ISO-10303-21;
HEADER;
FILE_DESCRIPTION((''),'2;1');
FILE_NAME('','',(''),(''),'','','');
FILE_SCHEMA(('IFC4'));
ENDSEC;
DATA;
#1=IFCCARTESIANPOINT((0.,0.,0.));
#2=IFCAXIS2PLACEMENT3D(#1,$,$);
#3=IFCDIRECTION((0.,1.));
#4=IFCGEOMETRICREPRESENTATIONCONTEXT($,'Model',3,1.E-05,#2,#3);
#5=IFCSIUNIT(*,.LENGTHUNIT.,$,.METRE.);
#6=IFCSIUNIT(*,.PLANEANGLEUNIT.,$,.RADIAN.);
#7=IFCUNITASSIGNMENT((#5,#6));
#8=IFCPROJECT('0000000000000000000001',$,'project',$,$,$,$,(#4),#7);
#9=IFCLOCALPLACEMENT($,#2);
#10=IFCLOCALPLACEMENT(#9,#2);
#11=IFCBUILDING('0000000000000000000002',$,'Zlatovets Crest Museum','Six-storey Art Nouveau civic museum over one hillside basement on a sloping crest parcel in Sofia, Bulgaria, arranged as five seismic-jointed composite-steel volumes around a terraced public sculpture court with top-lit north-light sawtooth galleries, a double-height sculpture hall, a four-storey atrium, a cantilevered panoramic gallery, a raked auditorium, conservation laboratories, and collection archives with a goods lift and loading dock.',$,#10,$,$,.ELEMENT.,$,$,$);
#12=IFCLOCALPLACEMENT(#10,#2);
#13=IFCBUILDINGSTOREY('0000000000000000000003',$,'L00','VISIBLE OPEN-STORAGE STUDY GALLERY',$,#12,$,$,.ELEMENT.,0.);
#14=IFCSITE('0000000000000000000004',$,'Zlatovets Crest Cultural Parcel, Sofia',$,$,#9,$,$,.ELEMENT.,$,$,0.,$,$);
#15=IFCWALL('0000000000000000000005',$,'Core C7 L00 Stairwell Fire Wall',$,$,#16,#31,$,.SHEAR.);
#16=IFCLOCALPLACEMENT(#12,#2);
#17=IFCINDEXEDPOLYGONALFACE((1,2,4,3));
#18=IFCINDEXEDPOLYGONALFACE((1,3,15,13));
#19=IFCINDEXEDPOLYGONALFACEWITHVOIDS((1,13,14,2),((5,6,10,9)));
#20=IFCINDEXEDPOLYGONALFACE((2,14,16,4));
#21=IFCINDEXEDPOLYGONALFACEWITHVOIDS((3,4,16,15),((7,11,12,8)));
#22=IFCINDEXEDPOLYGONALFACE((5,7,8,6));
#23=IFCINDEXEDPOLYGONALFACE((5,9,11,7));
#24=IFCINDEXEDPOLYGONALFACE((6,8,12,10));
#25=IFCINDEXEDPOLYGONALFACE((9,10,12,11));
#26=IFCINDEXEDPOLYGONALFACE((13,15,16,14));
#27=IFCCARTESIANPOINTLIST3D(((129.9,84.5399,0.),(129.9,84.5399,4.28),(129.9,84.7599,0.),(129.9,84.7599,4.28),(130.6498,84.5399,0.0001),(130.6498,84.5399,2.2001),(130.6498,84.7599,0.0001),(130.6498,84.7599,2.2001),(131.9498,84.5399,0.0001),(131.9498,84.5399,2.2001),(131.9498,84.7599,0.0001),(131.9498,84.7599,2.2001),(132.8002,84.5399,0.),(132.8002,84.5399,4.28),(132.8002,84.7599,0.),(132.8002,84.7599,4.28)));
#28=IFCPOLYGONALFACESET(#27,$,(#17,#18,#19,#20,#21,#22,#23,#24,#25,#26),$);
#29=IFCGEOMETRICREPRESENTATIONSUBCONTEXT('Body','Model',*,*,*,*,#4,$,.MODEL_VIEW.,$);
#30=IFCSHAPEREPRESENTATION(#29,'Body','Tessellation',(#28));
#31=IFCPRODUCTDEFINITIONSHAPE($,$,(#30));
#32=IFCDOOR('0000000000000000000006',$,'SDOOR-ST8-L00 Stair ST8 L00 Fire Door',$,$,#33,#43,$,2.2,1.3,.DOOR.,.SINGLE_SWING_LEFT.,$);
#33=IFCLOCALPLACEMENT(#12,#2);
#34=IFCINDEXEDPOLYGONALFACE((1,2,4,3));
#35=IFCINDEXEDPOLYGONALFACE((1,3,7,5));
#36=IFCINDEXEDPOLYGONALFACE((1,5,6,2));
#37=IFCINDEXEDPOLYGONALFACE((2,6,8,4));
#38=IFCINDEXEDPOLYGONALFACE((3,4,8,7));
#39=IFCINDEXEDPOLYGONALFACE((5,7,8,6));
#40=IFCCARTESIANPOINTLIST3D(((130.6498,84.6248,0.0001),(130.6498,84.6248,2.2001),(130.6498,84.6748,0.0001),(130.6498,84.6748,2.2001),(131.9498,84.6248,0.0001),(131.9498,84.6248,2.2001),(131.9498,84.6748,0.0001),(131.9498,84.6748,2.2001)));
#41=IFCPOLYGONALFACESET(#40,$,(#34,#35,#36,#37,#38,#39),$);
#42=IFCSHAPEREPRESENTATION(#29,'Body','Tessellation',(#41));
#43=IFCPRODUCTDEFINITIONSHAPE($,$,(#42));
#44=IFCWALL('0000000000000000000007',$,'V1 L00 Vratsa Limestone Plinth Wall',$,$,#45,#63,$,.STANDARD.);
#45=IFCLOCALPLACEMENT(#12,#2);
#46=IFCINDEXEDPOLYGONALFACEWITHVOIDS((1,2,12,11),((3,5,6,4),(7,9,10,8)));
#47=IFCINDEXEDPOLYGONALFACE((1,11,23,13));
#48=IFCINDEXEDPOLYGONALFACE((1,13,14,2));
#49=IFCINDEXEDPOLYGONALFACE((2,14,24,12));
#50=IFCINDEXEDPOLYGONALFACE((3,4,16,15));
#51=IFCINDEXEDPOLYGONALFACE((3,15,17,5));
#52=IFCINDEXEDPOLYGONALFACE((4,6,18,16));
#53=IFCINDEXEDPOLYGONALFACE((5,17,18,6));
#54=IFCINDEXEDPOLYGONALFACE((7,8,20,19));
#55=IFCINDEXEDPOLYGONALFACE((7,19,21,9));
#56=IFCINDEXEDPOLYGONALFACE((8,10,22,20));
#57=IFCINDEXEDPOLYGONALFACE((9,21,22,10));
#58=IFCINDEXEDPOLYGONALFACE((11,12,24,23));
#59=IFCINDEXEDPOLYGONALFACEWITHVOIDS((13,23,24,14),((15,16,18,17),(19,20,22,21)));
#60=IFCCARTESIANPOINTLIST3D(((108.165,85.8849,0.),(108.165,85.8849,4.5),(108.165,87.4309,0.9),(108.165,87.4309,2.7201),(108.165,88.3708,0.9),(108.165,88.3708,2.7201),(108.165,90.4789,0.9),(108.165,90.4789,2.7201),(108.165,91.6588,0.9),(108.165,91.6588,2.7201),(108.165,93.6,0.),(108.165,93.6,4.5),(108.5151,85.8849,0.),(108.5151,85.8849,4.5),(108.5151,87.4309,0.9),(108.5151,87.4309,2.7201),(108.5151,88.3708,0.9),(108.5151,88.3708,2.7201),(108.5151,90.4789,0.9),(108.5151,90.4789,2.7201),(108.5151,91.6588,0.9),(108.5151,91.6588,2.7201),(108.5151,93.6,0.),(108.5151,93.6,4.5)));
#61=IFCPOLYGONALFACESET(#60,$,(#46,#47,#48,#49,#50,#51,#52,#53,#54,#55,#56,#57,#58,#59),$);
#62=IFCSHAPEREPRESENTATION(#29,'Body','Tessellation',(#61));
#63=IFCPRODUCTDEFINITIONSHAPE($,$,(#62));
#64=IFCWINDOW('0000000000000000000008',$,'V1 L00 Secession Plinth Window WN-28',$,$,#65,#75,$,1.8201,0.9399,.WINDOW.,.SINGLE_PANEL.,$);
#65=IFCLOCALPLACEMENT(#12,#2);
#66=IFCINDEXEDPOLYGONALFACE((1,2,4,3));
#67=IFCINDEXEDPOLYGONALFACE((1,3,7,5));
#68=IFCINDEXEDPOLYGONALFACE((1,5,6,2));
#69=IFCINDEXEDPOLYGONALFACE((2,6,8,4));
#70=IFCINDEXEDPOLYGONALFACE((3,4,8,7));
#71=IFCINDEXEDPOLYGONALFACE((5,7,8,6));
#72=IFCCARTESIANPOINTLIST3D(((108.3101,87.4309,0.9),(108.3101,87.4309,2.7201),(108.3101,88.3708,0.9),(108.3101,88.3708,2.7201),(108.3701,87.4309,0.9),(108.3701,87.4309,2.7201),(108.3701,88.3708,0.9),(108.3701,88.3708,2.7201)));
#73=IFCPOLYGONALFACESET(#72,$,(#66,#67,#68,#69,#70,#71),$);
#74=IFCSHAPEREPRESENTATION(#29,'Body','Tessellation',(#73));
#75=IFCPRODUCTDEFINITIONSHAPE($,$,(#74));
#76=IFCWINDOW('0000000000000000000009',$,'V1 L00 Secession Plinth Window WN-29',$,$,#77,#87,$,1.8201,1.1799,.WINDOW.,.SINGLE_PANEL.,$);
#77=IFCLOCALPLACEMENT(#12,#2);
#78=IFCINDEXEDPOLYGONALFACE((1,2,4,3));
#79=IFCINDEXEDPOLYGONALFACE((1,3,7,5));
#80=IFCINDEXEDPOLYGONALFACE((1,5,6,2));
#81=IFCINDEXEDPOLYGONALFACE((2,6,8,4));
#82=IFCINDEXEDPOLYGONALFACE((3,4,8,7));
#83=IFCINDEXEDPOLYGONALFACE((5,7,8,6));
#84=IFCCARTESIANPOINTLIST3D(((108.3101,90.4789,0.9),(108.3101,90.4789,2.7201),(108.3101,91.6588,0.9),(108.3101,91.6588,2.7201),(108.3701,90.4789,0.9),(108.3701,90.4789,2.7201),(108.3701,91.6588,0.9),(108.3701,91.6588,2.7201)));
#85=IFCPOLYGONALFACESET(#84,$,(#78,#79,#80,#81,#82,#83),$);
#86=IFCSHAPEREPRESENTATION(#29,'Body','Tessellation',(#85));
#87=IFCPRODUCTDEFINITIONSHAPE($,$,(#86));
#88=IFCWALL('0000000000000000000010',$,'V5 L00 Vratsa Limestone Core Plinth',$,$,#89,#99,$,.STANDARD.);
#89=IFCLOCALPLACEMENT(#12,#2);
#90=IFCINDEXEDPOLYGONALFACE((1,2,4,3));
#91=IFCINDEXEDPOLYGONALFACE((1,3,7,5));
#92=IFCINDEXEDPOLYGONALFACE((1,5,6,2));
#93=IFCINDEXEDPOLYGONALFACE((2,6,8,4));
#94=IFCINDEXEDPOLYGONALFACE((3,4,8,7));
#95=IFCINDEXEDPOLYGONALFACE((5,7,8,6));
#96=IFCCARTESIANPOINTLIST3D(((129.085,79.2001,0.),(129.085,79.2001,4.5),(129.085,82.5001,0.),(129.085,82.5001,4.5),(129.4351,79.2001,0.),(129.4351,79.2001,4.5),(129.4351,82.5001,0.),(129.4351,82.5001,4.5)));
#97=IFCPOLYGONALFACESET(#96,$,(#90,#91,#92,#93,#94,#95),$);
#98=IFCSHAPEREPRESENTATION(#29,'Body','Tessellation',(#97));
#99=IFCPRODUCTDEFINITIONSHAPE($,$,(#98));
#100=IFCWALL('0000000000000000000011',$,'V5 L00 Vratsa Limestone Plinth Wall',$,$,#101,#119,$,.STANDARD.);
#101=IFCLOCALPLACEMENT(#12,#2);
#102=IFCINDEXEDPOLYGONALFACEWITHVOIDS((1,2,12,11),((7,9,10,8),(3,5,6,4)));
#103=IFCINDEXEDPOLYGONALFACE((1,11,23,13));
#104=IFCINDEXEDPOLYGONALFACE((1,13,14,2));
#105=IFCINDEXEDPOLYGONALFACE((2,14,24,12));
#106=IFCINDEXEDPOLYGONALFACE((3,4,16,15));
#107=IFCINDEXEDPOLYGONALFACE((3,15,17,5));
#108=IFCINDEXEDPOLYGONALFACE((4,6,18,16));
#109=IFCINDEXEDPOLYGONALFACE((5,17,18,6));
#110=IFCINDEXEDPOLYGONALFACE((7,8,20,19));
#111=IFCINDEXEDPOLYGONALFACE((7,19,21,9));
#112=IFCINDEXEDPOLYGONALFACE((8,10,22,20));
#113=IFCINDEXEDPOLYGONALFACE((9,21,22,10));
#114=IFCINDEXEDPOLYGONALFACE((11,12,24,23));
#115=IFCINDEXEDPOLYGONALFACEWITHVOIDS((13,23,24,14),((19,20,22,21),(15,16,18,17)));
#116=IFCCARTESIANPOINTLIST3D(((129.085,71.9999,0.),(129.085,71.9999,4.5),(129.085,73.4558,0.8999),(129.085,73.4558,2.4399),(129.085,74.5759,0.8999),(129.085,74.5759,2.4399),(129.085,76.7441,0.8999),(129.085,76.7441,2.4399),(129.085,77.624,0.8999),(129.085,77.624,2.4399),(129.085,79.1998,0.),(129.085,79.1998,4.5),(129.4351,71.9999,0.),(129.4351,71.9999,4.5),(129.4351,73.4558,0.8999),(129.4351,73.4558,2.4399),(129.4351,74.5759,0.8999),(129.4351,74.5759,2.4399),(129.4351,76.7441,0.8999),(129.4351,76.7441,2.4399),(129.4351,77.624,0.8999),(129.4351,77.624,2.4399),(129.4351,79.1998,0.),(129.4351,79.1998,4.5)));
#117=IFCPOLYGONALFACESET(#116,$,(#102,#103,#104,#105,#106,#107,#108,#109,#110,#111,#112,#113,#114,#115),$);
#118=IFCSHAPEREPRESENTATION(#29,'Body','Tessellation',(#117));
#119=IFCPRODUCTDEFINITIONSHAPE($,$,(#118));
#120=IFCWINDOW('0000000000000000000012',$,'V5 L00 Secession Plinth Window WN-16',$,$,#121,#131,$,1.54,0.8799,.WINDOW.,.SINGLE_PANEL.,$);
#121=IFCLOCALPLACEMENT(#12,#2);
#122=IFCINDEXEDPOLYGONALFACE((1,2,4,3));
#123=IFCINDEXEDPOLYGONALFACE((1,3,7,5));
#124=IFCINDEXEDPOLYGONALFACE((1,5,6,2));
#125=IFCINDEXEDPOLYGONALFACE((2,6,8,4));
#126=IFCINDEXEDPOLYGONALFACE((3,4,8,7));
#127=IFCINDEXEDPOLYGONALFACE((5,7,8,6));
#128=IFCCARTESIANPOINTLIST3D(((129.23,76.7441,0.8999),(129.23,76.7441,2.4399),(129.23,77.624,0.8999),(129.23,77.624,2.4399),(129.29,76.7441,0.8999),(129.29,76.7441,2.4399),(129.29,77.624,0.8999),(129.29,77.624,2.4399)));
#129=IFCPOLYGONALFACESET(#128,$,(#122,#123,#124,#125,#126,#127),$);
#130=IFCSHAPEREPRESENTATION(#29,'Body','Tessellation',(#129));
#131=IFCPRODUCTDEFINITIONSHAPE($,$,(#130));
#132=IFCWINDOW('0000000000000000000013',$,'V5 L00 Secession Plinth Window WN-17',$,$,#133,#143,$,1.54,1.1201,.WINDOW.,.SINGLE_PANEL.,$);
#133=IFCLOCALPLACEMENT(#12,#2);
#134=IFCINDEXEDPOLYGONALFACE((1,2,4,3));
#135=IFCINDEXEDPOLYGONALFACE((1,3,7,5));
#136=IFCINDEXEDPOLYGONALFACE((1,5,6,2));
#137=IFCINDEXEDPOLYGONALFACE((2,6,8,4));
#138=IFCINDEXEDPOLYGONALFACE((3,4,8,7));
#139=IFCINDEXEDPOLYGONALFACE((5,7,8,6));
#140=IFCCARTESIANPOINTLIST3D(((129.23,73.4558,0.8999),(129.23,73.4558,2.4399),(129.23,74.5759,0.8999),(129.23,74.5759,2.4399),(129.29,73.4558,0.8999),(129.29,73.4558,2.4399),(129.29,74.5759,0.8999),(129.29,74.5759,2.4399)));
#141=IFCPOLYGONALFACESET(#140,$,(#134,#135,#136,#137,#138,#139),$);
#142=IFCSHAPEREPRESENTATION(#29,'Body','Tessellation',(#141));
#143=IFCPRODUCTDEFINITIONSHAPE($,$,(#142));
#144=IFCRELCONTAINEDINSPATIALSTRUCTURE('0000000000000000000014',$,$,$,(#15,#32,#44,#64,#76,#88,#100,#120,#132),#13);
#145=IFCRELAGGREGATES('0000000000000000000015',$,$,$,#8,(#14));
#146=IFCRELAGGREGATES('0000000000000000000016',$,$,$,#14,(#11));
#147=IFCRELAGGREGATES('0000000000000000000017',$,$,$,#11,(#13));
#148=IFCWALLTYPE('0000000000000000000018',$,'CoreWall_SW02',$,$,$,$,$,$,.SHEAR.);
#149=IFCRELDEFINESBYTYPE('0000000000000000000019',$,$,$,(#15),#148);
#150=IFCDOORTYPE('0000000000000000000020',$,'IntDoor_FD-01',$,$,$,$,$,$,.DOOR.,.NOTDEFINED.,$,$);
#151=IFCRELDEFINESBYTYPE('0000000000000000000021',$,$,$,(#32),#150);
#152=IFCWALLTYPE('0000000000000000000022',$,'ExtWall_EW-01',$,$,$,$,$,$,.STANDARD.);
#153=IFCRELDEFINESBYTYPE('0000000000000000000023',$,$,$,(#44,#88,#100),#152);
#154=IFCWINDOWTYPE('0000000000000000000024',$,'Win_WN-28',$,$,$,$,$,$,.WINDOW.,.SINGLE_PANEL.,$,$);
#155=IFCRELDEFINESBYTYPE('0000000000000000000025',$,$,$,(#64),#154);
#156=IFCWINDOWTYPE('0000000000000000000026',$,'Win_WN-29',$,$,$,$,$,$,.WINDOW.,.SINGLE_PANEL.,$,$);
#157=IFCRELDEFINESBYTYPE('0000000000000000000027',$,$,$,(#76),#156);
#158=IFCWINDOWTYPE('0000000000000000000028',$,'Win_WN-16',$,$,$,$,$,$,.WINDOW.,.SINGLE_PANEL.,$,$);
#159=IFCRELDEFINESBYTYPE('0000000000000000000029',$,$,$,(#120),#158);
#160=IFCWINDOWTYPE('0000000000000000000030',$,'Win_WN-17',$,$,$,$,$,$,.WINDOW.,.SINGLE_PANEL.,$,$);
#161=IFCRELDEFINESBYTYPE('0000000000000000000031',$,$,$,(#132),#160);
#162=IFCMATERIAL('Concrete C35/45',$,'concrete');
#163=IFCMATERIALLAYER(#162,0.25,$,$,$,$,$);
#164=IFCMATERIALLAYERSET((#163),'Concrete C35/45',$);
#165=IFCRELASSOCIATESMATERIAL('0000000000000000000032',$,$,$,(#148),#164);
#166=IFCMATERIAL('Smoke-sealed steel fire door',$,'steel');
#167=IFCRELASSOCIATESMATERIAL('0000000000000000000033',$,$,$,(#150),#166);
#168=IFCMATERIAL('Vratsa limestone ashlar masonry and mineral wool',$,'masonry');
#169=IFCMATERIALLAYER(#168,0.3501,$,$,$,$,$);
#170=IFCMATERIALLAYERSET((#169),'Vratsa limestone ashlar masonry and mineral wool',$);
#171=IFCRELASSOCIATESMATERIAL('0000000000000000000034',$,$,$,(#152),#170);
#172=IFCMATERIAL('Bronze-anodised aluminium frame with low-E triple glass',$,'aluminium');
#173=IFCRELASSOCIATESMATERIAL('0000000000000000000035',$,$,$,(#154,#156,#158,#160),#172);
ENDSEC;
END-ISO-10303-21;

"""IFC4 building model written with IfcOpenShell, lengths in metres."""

from ifc_helpers import new_model, si_unit, direction, frame, frame_2d, origin, place, context, subcontext, project, spatial, rectangle, extrude, material, layer, layer_set, type_object, element, fill, save


model = new_model("IFC4")

# Units and contexts
model_context = context("Model", 3, precision=1e-05, world=origin(), true_north=direction((0.0, 1.0)))
body_context = subcontext(model_context, "Body", "Model", "MODEL_VIEW")
ifc_project = project(units=[si_unit("LENGTHUNIT", "METRE"), si_unit("PLANEANGLEUNIT", "RADIAN")], contexts=[model_context])

# Site, building, storey
site_placement = place(None, origin())
site = spatial("IfcSite", under=ifc_project, at=site_placement, Name="Zlatovets Crest Cultural Parcel, Sofia", CompositionType="ELEMENT", RefElevation=0.0)
building_placement = place(site_placement, origin())
building = spatial("IfcBuilding", under=site, at=building_placement, Name="Zlatovets Crest Museum", Description="Six-storey Art Nouveau civic museum over one hillside basement on a sloping crest parcel in Sofia, Bulgaria, arranged as five seismic-jointed composite-steel volumes around a terraced public sculpture court with top-lit north-light sawtooth galleries, a double-height sculpture hall, a four-storey atrium, a cantilevered panoramic gallery, a raked auditorium, conservation laboratories, and collection archives with a goods lift and loading dock.", CompositionType="ELEMENT")
storey_placement = place(building_placement, origin())
storey = spatial("IfcBuildingStorey", under=building, at=storey_placement, Name="L00", Description="VISIBLE OPEN-STORAGE STUDY GALLERY", CompositionType="ELEMENT", Elevation=0.0)

# Shared definitions
ifc_material_1 = material(Name="Concrete C35/45", Category="concrete")

# Wall, opening, door
ifc_layer_1 = layer(ifc_material_1, 0.25)
ifc_layer_set_1 = layer_set([ifc_layer_1], Name="Concrete C35/45")
wall_type_1 = type_object("IfcWallType", Name="CoreWall_SW02", PredefinedType="SHEAR", material=ifc_layer_set_1)
wall_1_placement = place(storey_placement, frame((129.8999, 84.6499, 0.0), z_axis=(0.0, 0.0, 1.0), x_axis=(1.0, 0.0, 0.0)))
wall_1 = element("IfcWall", 1, at=wall_1_placement, inside=storey, type_object=wall_type_1, Name="Core C7 L00 Stairwell Fire Wall", PredefinedType="SHEAR", context=body_context, shape_type="SweptSolid", body=[
    extrude(rectangle(XDim=2.9001, YDim=0.22, at=frame_2d((1.4502, 0.0))), origin(), (0.0, 0.0, 1.0), 4.28),
])
opening_1_placement = place(wall_1_placement, frame((0.75, 0.0, 0.0)))
opening_1 = element("IfcOpeningElement", 2, at=opening_1_placement, cuts=wall_1, PredefinedType="OPENING", context=body_context, shape_type="SweptSolid", body=[
    extrude(rectangle(XDim=1.3, YDim=2.2, at=frame_2d((0.6499, 1.1001))), frame((0.0, 0.1201, 0.0), z_axis=(0.0, -1.0, 0.0), x_axis=(1.0, 0.0, 0.0)), (0.0, 0.0, 1.0), 0.24),
])
ifc_material_2 = material(Name="Smoke-sealed steel fire door", Category="steel")
door_type_1 = type_object("IfcDoorType", Name="IntDoor_FD-01", OperationType="NOTDEFINED", PredefinedType="DOOR", material=ifc_material_2)
door_1_placement = place(opening_1_placement, origin())
door_1 = element("IfcDoor", 3, at=door_1_placement, inside=storey, type_object=door_type_1, Name="SDOOR-ST8-L00 Stair ST8 L00 Fire Door", OperationType="SINGLE_SWING_LEFT", OverallHeight=2.2, OverallWidth=1.3, PredefinedType="DOOR", context=body_context, shape_type="SweptSolid", body=[
    extrude(rectangle(XDim=1.3, YDim=2.2, at=frame_2d((0.6499, 1.1001))), frame((0.0, 0.0249, 0.0), z_axis=(0.0, -1.0, 0.0), x_axis=(1.0, 0.0, 0.0)), (0.0, 0.0, 1.0), 0.05),
])
fill(opening_1, door_1)

# Wall, openings, windows
ifc_material_3 = material(Name="Vratsa limestone ashlar masonry and mineral wool", Category="masonry")
ifc_layer_2 = layer(ifc_material_3, 0.3501)
ifc_layer_set_2 = layer_set([ifc_layer_2], Name="Vratsa limestone ashlar masonry and mineral wool")
wall_type_2 = type_object("IfcWallType", Name="ExtWall_EW-01", PredefinedType="STANDARD", material=ifc_layer_set_2)
wall_2_placement = place(storey_placement, frame((108.3401, 85.885, 0.0), z_axis=(0.0, 0.0, 1.0), x_axis=(0.0, 1.0, 0.0)))
wall_2 = element("IfcWall", 4, at=wall_2_placement, inside=storey, type_object=wall_type_2, Name="V1 L00 Vratsa Limestone Plinth Wall", PredefinedType="STANDARD", context=body_context, shape_type="SweptSolid", body=[
    extrude(rectangle(XDim=7.7151, YDim=0.3501, at=frame_2d((3.8574, 0.0))), origin(), (0.0, 0.0, 1.0), 4.5),
])
opening_2_placement = place(wall_2_placement, frame((1.5459, 0.0, 0.8999)))
opening_2 = element("IfcOpeningElement", 5, at=opening_2_placement, cuts=wall_2, PredefinedType="OPENING", context=body_context, shape_type="SweptSolid", body=[
    extrude(rectangle(XDim=0.9399, YDim=1.8201, at=frame_2d((0.47, 0.9102))), frame((0.0, 0.1851, 0.0), z_axis=(0.0, -1.0, 0.0), x_axis=(1.0, 0.0, 0.0)), (0.0, 0.0, 1.0), 0.3701),
])
opening_3_placement = place(wall_2_placement, frame((4.594, 0.0, 0.8999)))
opening_3 = element("IfcOpeningElement", 6, at=opening_3_placement, cuts=wall_2, PredefinedType="OPENING", context=body_context, shape_type="SweptSolid", body=[
    extrude(rectangle(XDim=1.1799, YDim=1.8201, at=frame_2d((0.5898, 0.9102))), frame((0.0, 0.1851, 0.0), z_axis=(0.0, -1.0, 0.0), x_axis=(1.0, 0.0, 0.0)), (0.0, 0.0, 1.0), 0.3701),
])
ifc_material_4 = material(Name="Bronze-anodised aluminium frame with low-E triple glass", Category="aluminium")
window_type_1 = type_object("IfcWindowType", Name="Win_WN-28", PartitioningType="SINGLE_PANEL", PredefinedType="WINDOW", material=ifc_material_4)
window_1_placement = place(opening_2_placement, origin())
window_1 = element("IfcWindow", 7, at=window_1_placement, inside=storey, type_object=window_type_1, Name="V1 L00 Secession Plinth Window WN-28", OverallHeight=1.8201, OverallWidth=0.9399, PartitioningType="SINGLE_PANEL", PredefinedType="WINDOW", context=body_context, shape_type="SweptSolid", body=[
    extrude(rectangle(XDim=0.9399, YDim=1.8201, at=frame_2d((0.47, 0.9102))), frame((0.0, 0.03, 0.0), z_axis=(0.0, -1.0, 0.0), x_axis=(1.0, 0.0, 0.0)), (0.0, 0.0, 1.0), 0.0601),
])
fill(opening_2, window_1)
window_type_2 = type_object("IfcWindowType", Name="Win_WN-29", PartitioningType="SINGLE_PANEL", PredefinedType="WINDOW", material=ifc_material_4)
window_2_placement = place(opening_3_placement, origin())
window_2 = element("IfcWindow", 8, at=window_2_placement, inside=storey, type_object=window_type_2, Name="V1 L00 Secession Plinth Window WN-29", OverallHeight=1.8201, OverallWidth=1.1799, PartitioningType="SINGLE_PANEL", PredefinedType="WINDOW", context=body_context, shape_type="SweptSolid", body=[
    extrude(rectangle(XDim=1.1799, YDim=1.8201, at=frame_2d((0.5898, 0.9102))), frame((0.0, 0.03, 0.0), z_axis=(0.0, -1.0, 0.0), x_axis=(1.0, 0.0, 0.0)), (0.0, 0.0, 1.0), 0.0601),
])
fill(opening_3, window_2)

# Wall
wall_3_placement = place(storey_placement, frame((129.26, 82.5, 0.0), z_axis=(0.0, 0.0, 1.0), x_axis=(0.0, -1.0, 0.0)))
element("IfcWall", 9, at=wall_3_placement, inside=storey, type_object=wall_type_2, Name="V5 L00 Vratsa Limestone Core Plinth", PredefinedType="STANDARD", context=body_context, shape_type="SweptSolid", body=[
    extrude(rectangle(XDim=3.3, YDim=0.3501, at=frame_2d((1.6499, 0.0))), origin(), (0.0, 0.0, 1.0), 4.5),
])

# Wall, openings, windows
wall_4_placement = place(storey_placement, frame((129.26, 79.2, 0.0), z_axis=(0.0, 0.0, 1.0), x_axis=(0.0, -1.0, 0.0)))
wall_4 = element("IfcWall", 10, at=wall_4_placement, inside=storey, type_object=wall_type_2, Name="V5 L00 Vratsa Limestone Plinth Wall", PredefinedType="STANDARD", context=body_context, shape_type="SweptSolid", body=[
    extrude(rectangle(XDim=7.2, YDim=0.3501, at=frame_2d((3.6001, 0.0))), origin(), (0.0, 0.0, 1.0), 4.5),
])
opening_4_placement = place(wall_4_placement, frame((1.5759, 0.0, 0.8999)))
opening_4 = element("IfcOpeningElement", 11, at=opening_4_placement, cuts=wall_4, PredefinedType="OPENING", context=body_context, shape_type="SweptSolid", body=[
    extrude(rectangle(XDim=0.8799, YDim=1.54, at=frame_2d((0.4399, 0.77))), frame((0.0, 0.1851, 0.0), z_axis=(0.0, -1.0, 0.0), x_axis=(1.0, 0.0, 0.0)), (0.0, 0.0, 1.0), 0.3701),
])
opening_5_placement = place(wall_4_placement, frame((4.624, 0.0, 0.8999)))
opening_5 = element("IfcOpeningElement", 12, at=opening_5_placement, cuts=wall_4, PredefinedType="OPENING", context=body_context, shape_type="SweptSolid", body=[
    extrude(rectangle(XDim=1.1201, YDim=1.54, at=frame_2d((0.5601, 0.77))), frame((0.0, 0.1851, 0.0), z_axis=(0.0, -1.0, 0.0), x_axis=(1.0, 0.0, 0.0)), (0.0, 0.0, 1.0), 0.3701),
])
window_type_3 = type_object("IfcWindowType", Name="Win_WN-16", PartitioningType="SINGLE_PANEL", PredefinedType="WINDOW", material=ifc_material_4)
window_3_placement = place(opening_4_placement, origin())
window_3 = element("IfcWindow", 13, at=window_3_placement, inside=storey, type_object=window_type_3, Name="V5 L00 Secession Plinth Window WN-16", OverallHeight=1.54, OverallWidth=0.8799, PartitioningType="SINGLE_PANEL", PredefinedType="WINDOW", context=body_context, shape_type="SweptSolid", body=[
    extrude(rectangle(XDim=0.8799, YDim=1.54, at=frame_2d((0.4399, 0.77))), frame((0.0, 0.03, 0.0), z_axis=(0.0, -1.0, 0.0), x_axis=(1.0, 0.0, 0.0)), (0.0, 0.0, 1.0), 0.0601),
])
fill(opening_4, window_3)
window_type_4 = type_object("IfcWindowType", Name="Win_WN-17", PartitioningType="SINGLE_PANEL", PredefinedType="WINDOW", material=ifc_material_4)
window_4_placement = place(opening_5_placement, origin())
window_4 = element("IfcWindow", 14, at=window_4_placement, inside=storey, type_object=window_type_4, Name="V5 L00 Secession Plinth Window WN-17", OverallHeight=1.54, OverallWidth=1.1201, PartitioningType="SINGLE_PANEL", PredefinedType="WINDOW", context=body_context, shape_type="SweptSolid", body=[
    extrude(rectangle(XDim=1.1201, YDim=1.54, at=frame_2d((0.5601, 0.77))), frame((0.0, 0.03, 0.0), z_axis=(0.0, -1.0, 0.0), x_axis=(1.0, 0.0, 0.0)), (0.0, 0.0, 1.0), 0.0601),
])
fill(opening_5, window_4)

save(model, "model.ifc")
